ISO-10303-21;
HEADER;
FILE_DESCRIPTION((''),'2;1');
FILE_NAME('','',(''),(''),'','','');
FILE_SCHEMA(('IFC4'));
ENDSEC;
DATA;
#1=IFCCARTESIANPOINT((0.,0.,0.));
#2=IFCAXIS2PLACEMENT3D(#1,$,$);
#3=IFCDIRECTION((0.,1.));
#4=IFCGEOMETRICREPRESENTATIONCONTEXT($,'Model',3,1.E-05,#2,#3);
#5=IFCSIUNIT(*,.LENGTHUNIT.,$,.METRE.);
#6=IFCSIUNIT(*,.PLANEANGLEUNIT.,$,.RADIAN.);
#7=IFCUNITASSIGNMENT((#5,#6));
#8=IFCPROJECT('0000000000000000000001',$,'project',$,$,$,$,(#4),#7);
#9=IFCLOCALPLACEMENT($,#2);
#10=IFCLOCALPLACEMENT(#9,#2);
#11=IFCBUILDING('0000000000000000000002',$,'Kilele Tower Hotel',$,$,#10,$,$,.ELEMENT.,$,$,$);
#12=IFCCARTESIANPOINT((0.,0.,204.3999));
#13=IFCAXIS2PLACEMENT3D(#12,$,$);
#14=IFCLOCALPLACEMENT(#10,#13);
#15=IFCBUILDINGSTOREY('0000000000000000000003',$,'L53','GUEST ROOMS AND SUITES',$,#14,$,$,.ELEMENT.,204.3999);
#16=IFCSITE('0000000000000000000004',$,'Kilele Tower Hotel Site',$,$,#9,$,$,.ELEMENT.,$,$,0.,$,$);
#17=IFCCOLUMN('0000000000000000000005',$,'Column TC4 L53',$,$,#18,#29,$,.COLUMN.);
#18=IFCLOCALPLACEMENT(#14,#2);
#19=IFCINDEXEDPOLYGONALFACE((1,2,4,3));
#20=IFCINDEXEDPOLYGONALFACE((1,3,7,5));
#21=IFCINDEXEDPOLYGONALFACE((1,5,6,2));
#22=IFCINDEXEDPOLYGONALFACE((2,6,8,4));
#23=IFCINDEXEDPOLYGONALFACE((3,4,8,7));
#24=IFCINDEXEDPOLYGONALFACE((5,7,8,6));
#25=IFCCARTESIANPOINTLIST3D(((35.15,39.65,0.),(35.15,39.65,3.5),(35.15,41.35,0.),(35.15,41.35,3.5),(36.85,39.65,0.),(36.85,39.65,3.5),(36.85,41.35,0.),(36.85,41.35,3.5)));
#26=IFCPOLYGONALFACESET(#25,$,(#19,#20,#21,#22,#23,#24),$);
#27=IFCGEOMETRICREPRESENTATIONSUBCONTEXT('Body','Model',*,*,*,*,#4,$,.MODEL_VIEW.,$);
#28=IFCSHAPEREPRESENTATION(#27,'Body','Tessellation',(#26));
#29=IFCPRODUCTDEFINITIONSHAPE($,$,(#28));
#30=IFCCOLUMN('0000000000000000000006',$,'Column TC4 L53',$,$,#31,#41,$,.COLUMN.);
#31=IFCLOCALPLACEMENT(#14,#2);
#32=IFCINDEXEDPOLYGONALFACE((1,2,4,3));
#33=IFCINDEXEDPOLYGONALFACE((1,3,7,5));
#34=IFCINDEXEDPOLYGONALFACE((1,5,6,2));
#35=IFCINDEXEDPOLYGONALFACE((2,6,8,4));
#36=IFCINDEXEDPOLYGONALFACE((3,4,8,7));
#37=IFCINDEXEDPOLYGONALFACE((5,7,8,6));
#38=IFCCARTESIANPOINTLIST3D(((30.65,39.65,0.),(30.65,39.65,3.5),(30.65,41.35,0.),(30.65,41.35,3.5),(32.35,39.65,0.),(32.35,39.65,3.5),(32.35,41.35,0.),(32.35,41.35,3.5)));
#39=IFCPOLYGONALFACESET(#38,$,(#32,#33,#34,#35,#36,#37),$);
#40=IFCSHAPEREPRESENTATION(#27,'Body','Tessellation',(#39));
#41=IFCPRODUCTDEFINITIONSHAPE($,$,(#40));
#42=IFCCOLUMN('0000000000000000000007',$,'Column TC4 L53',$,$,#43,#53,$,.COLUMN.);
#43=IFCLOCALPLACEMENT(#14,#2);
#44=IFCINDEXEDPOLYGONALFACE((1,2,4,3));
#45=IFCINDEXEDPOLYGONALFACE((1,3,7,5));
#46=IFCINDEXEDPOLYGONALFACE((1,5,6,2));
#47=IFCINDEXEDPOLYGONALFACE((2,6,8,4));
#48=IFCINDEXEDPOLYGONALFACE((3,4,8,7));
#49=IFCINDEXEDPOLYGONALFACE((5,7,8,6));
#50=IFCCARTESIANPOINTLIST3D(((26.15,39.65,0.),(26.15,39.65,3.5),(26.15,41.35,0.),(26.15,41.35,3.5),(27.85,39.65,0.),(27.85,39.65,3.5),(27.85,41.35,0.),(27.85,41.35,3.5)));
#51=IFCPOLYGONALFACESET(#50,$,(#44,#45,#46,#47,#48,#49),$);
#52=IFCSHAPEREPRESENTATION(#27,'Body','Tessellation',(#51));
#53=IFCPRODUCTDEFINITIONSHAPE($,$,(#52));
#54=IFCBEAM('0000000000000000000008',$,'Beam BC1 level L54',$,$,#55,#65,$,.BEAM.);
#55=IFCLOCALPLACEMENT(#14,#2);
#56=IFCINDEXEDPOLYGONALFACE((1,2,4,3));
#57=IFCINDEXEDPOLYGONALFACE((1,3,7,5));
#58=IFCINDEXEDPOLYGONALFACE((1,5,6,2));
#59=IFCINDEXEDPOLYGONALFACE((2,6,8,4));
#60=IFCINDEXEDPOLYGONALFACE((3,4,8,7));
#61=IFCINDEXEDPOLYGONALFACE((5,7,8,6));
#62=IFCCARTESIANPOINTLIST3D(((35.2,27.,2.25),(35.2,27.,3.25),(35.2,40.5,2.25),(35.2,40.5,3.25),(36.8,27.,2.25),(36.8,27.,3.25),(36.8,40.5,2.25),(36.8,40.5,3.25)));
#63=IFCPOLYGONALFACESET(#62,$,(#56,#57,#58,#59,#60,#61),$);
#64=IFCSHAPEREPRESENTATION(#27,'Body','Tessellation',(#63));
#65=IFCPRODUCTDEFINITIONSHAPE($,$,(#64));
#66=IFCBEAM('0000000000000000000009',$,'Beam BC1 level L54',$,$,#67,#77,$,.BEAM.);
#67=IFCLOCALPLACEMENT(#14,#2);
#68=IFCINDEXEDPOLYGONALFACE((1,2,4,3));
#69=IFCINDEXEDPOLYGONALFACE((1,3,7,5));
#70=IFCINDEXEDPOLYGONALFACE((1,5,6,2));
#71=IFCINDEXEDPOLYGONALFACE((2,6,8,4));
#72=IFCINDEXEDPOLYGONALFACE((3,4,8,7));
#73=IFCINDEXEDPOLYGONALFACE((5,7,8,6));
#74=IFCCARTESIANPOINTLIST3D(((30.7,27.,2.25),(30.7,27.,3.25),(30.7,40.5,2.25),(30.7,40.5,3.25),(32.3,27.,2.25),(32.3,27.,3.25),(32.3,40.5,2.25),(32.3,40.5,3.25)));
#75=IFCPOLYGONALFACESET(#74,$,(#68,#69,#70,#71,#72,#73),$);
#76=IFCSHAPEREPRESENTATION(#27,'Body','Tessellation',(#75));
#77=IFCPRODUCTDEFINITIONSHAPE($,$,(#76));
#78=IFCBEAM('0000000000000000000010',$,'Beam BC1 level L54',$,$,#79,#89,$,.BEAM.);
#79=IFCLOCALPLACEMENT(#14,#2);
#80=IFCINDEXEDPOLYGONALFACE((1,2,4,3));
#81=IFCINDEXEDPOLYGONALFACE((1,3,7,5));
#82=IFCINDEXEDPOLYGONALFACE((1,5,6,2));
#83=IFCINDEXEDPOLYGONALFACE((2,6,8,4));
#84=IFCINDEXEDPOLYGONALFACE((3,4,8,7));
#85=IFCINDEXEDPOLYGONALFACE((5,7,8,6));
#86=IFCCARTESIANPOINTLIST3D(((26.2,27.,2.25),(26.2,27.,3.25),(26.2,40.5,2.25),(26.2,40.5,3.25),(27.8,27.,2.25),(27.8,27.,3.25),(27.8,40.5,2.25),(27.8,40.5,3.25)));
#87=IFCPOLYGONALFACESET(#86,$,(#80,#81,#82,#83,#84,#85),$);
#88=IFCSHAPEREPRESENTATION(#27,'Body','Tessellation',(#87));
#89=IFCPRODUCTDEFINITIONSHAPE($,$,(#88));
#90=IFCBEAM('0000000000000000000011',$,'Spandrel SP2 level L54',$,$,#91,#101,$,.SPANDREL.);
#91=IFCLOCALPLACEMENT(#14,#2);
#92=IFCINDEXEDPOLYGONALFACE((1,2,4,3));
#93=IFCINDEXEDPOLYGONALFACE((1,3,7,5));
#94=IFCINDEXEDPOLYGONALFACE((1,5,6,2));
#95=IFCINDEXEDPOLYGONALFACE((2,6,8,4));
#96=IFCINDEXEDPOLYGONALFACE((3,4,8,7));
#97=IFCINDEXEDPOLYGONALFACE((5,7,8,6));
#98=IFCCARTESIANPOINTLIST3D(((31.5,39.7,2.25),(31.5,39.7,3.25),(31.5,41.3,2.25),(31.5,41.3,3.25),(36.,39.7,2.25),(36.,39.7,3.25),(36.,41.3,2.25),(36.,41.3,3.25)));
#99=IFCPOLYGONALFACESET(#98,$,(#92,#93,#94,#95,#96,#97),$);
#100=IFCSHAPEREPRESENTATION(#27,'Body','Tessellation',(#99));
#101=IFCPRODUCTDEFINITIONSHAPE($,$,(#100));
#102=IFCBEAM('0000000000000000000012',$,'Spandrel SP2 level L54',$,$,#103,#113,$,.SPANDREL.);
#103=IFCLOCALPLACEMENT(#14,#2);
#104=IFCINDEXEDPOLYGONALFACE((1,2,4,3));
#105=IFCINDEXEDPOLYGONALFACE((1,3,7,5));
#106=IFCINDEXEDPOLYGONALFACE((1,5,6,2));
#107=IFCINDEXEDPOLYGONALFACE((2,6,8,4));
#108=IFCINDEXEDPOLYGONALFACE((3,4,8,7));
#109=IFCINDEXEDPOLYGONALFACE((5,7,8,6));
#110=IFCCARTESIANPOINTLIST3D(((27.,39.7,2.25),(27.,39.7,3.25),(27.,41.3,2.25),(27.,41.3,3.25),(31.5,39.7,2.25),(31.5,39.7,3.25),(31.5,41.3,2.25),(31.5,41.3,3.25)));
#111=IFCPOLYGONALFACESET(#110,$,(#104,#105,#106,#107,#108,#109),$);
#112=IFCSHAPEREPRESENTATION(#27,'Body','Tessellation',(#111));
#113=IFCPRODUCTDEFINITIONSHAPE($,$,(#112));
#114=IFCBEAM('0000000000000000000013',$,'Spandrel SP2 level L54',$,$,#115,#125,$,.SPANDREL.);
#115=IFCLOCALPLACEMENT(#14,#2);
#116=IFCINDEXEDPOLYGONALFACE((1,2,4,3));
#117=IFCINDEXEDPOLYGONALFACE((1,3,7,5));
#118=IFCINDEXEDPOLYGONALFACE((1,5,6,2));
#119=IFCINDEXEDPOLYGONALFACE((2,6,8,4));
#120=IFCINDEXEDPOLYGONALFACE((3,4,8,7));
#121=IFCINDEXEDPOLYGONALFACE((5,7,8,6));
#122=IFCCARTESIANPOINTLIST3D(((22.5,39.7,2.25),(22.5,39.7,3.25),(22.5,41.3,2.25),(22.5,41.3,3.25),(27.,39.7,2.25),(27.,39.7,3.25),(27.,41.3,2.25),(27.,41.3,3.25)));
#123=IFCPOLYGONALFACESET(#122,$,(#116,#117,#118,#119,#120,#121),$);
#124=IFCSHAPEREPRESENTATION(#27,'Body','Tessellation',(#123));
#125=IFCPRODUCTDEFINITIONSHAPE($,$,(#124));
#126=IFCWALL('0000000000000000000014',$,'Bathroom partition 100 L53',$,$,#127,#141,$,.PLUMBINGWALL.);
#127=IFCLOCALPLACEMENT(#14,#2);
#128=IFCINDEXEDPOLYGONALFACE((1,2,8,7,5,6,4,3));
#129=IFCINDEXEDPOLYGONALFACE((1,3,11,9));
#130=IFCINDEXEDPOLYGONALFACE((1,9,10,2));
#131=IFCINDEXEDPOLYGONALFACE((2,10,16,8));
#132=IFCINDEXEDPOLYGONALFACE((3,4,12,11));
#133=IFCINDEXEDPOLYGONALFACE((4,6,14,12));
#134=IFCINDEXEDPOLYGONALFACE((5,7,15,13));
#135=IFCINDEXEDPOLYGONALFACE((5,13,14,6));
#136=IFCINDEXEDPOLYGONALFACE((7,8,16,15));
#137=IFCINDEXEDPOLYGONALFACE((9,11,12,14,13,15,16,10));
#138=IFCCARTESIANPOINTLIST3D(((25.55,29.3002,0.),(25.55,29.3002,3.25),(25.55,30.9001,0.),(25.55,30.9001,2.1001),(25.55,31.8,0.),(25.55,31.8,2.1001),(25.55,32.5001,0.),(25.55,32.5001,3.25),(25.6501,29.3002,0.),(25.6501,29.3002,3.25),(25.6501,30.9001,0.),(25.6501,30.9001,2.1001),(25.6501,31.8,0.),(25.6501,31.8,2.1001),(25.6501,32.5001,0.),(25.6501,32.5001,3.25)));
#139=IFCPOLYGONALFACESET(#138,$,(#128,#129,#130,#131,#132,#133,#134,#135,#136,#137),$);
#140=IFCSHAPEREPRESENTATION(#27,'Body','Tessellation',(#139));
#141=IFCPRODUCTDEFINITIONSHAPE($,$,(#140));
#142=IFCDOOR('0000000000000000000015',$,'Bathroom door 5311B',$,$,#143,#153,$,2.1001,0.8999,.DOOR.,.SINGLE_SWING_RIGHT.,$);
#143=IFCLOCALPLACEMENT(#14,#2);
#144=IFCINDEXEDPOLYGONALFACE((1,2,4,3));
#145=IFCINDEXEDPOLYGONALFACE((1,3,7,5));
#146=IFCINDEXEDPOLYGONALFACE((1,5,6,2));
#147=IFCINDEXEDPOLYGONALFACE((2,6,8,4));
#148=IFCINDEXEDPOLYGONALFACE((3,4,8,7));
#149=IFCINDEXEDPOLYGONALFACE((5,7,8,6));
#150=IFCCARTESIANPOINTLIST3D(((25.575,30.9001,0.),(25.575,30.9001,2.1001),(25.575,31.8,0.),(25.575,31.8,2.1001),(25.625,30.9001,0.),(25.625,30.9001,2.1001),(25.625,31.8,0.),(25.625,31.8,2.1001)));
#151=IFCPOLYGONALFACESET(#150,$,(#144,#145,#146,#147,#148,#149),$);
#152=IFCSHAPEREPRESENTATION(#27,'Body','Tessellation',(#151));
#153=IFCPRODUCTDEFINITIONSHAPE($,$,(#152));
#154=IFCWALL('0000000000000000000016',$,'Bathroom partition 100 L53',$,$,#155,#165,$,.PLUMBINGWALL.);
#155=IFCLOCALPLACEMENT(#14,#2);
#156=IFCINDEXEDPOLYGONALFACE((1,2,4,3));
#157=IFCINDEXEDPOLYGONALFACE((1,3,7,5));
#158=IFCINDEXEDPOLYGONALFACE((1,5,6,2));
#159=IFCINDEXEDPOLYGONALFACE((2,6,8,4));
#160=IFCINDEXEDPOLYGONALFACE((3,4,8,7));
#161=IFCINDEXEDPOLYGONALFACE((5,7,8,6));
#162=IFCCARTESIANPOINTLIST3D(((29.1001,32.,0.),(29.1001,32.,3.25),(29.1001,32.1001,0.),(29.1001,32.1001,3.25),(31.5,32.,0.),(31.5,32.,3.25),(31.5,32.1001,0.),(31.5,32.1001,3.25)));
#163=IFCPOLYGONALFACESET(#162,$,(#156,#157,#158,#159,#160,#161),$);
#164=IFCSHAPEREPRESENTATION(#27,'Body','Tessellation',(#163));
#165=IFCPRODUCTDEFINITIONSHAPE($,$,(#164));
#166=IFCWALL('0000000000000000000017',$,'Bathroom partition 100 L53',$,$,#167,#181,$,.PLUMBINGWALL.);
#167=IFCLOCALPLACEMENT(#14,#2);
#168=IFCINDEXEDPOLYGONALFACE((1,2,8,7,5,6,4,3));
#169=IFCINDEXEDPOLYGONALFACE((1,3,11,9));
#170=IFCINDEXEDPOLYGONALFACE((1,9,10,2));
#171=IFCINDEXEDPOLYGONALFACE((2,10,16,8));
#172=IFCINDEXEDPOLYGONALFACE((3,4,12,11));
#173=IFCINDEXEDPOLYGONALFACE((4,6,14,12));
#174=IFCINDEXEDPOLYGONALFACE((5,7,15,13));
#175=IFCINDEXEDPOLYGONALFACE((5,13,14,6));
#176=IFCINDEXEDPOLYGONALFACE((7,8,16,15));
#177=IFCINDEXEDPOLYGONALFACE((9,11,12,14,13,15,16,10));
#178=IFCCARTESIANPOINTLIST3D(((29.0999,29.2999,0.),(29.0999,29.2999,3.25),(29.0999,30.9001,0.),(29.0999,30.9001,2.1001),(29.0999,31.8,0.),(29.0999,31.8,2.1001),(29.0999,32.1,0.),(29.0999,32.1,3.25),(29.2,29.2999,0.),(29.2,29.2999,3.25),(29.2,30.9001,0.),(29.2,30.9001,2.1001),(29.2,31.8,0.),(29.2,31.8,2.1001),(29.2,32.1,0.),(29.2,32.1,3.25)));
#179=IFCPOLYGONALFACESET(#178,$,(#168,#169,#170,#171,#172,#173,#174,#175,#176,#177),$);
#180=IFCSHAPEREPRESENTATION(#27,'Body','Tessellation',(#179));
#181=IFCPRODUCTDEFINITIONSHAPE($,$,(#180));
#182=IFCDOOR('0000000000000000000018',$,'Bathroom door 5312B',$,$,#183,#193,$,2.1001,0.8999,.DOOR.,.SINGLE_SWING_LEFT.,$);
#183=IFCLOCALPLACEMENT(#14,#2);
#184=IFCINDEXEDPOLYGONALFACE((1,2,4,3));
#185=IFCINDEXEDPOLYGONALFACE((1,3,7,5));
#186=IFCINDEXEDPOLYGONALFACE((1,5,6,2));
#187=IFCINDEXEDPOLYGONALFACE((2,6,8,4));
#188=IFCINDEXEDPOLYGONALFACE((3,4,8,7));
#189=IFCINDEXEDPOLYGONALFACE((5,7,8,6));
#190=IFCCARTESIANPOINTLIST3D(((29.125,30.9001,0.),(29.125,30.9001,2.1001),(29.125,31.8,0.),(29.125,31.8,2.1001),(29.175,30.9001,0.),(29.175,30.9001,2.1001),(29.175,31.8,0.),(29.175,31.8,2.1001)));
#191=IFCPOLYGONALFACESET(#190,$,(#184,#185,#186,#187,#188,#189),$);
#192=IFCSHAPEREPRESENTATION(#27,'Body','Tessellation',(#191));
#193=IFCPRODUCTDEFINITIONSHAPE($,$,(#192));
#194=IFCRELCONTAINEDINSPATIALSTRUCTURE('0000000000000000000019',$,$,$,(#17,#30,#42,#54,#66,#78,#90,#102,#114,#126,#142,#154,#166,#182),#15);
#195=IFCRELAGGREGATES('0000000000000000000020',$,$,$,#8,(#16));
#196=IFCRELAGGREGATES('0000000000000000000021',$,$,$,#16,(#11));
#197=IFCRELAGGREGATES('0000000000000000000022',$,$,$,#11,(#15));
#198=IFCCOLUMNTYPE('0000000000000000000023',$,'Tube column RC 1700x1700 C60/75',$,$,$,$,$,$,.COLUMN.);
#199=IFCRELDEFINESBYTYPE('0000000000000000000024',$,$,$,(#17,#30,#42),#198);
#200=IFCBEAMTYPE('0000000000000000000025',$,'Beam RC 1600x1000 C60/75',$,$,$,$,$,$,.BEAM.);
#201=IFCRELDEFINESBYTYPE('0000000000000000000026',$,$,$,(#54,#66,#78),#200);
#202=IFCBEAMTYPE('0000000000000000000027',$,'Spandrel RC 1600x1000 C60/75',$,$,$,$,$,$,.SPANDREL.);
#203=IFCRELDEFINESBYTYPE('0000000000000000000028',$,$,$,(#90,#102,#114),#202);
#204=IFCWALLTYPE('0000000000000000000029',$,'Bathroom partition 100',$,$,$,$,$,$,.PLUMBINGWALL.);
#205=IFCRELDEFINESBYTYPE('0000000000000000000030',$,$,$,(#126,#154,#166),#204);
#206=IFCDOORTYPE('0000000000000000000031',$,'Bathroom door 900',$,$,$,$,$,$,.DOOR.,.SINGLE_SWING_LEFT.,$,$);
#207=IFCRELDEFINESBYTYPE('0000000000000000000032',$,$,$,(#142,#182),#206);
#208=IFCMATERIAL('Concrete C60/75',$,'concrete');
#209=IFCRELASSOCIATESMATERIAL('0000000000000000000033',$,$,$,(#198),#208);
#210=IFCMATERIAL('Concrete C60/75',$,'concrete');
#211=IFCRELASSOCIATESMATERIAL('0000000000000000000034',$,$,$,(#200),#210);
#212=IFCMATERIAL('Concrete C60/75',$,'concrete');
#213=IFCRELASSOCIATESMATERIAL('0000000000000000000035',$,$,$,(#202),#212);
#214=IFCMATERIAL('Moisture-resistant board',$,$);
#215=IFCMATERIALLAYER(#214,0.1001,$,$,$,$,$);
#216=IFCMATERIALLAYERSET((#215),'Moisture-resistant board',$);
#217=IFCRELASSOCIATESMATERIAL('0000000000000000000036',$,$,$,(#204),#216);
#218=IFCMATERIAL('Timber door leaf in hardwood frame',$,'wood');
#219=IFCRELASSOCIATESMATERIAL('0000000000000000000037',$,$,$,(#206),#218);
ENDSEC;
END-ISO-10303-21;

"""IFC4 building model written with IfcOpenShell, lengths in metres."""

from ifc_helpers import new_model, si_unit, direction, frame, frame_2d, origin, origin_2d, place, context, subcontext, project, spatial, rectangle, extrude, material, layer, layer_set, material_profile, profile_set, type_object, element, fill, save


model = new_model("IFC4")

# Units and contexts
model_context = context("Model", 3, precision=1e-05, world=origin(), true_north=direction((0.0, 1.0)))
body_context = subcontext(model_context, "Body", "Model", "MODEL_VIEW")
ifc_project = project(units=[si_unit("LENGTHUNIT", "METRE"), si_unit("PLANEANGLEUNIT", "RADIAN")], contexts=[model_context])

# Site, building, storey
site_placement = place(None, origin())
site = spatial("IfcSite", under=ifc_project, at=site_placement, Name="Kilele Tower Hotel Site", CompositionType="ELEMENT", RefElevation=0.0)
building_placement = place(site_placement, origin())
building = spatial("IfcBuilding", under=site, at=building_placement, Name="Kilele Tower Hotel", CompositionType="ELEMENT")
storey_placement = place(building_placement, frame((0.0, 0.0, 204.3999)))
storey = spatial("IfcBuildingStorey", under=building, at=storey_placement, Name="L53", Description="GUEST ROOMS AND SUITES", CompositionType="ELEMENT", Elevation=204.3999)

# Columns
ifc_material_1 = material(Name="Concrete C60/75", Category="concrete")
ifc_material_profile_1 = material_profile(ifc_material_1, rectangle(XDim=1.7, YDim=1.7, at=origin_2d()))
ifc_profile_set_1 = profile_set([ifc_material_profile_1], Name="Concrete C60/75")
column_type = type_object("IfcColumnType", Name="Tube column RC 1700x1700 C60/75", PredefinedType="COLUMN", material=ifc_profile_set_1)
for number, where, z_axis, x_axis, name in (
    (1, (36.0, 40.5, 0.0), (0.0, 0.0, 1.0), (1.0, 0.0, 0.0), "Column TC4 L53"),
    (2, (31.5, 40.5, 0.0), (0.0, 0.0, 1.0), (1.0, 0.0, 0.0), "Column TC4 L53"),
    (3, (27.0, 40.5, 0.0), (0.0, 0.0, 1.0), (1.0, 0.0, 0.0), "Column TC4 L53"),
):
    element("IfcColumn", number, at=place(storey_placement, frame(where, z_axis=z_axis, x_axis=x_axis)), inside=storey, type_object=column_type, Name=name, PredefinedType="COLUMN", context=body_context, shape_type="SweptSolid", body=[
        extrude(rectangle(XDim=1.7, YDim=1.7, at=origin_2d()), origin(), (0.0, 0.0, 1.0), 3.5),
    ])

# Beams
ifc_material_2 = material(Name="Concrete C60/75", Category="concrete")
ifc_material_profile_2 = material_profile(ifc_material_2, rectangle(XDim=1.6001, YDim=1.0, at=origin_2d()))
ifc_profile_set_2 = profile_set([ifc_material_profile_2], Name="Concrete C60/75")
beam_type_1 = type_object("IfcBeamType", Name="Beam RC 1600x1000 C60/75", PredefinedType="BEAM", material=ifc_profile_set_2)
for number, where, z_axis, x_axis, name in (
    (4, (36.0, 40.5, 2.75), (0.0, -1.0, 0.0), (1.0, 0.0, 0.0), "Beam BC1 level L54"),
    (5, (31.5, 40.5, 2.75), (0.0, -1.0, 0.0), (1.0, 0.0, 0.0), "Beam BC1 level L54"),
    (6, (27.0, 40.5, 2.75), (0.0, -1.0, 0.0), (1.0, 0.0, 0.0), "Beam BC1 level L54"),
):
    element("IfcBeam", number, at=place(storey_placement, frame(where, z_axis=z_axis, x_axis=x_axis)), inside=storey, type_object=beam_type_1, Name=name, PredefinedType="BEAM", context=body_context, shape_type="SweptSolid", body=[
        extrude(rectangle(XDim=1.6001, YDim=1.0, at=origin_2d()), origin(), (0.0, 0.0, 1.0), 13.5),
    ])
ifc_material_3 = material(Name="Concrete C60/75", Category="concrete")
ifc_material_profile_3 = material_profile(ifc_material_3, rectangle(XDim=1.6001, YDim=1.0, at=origin_2d()))
ifc_profile_set_3 = profile_set([ifc_material_profile_3], Name="Concrete C60/75")
beam_type_2 = type_object("IfcBeamType", Name="Spandrel RC 1600x1000 C60/75", PredefinedType="SPANDREL", material=ifc_profile_set_3)
for number, where, z_axis, x_axis, name in (
    (7, (36.0, 40.5, 2.75), (-1.0, 0.0, 0.0), (0.0, -1.0, 0.0), "Spandrel SP2 level L54"),
    (8, (31.5, 40.5, 2.75), (-1.0, 0.0, 0.0), (0.0, -1.0, 0.0), "Spandrel SP2 level L54"),
    (9, (27.0, 40.5, 2.75), (-1.0, 0.0, 0.0), (0.0, -1.0, 0.0), "Spandrel SP2 level L54"),
):
    element("IfcBeam", number, at=place(storey_placement, frame(where, z_axis=z_axis, x_axis=x_axis)), inside=storey, type_object=beam_type_2, Name=name, PredefinedType="SPANDREL", context=body_context, shape_type="SweptSolid", body=[
        extrude(rectangle(XDim=1.6001, YDim=1.0, at=origin_2d()), origin(), (0.0, 0.0, 1.0), 4.5),
    ])

# Wall, opening, door
ifc_material_4 = material(Name="Moisture-resistant board")
ifc_layer_1 = layer(ifc_material_4, 0.1001)
ifc_layer_set_1 = layer_set([ifc_layer_1], Name="Moisture-resistant board")
wall_type_1 = type_object("IfcWallType", Name="Bathroom partition 100", PredefinedType="PLUMBINGWALL", material=ifc_layer_set_1)
wall_1_placement = place(storey_placement, frame((25.6001, 29.3, 0.0), z_axis=(0.0, 0.0, 1.0), x_axis=(0.0, 1.0, 0.0)))
wall_1 = element("IfcWall", 10, at=wall_1_placement, inside=storey, type_object=wall_type_1, Name="Bathroom partition 100 L53", PredefinedType="PLUMBINGWALL", context=body_context, shape_type="SweptSolid", body=[
    extrude(rectangle(XDim=3.2, YDim=0.1001, at=frame_2d((1.6001, 0.0))), origin(), (0.0, 0.0, 1.0), 3.25),
])
opening_1_placement = place(wall_1_placement, frame((2.5, 0.0, 0.0), z_axis=(0.0, 0.0, 1.0), x_axis=(-1.0, 0.0, 0.0)))
opening_1 = element("IfcOpeningElement", 11, at=opening_1_placement, cuts=wall_1, PredefinedType="OPENING", context=body_context, shape_type="SweptSolid", body=[
    extrude(rectangle(XDim=0.8999, YDim=2.1001, at=frame_2d((0.45, 1.05))), frame((0.0, 0.0601, 0.0), z_axis=(0.0, -1.0, 0.0), x_axis=(1.0, 0.0, 0.0)), (0.0, 0.0, 1.0), 0.1201),
])
ifc_material_5 = material(Name="Timber door leaf in hardwood frame", Category="wood")
door_type_1 = type_object("IfcDoorType", Name="Bathroom door 900", OperationType="SINGLE_SWING_LEFT", PredefinedType="DOOR", material=ifc_material_5)
door_1_placement = place(opening_1_placement, origin())
door_1 = element("IfcDoor", 12, at=door_1_placement, inside=storey, type_object=door_type_1, Name="Bathroom door 5311B", OperationType="SINGLE_SWING_RIGHT", OverallHeight=2.1001, OverallWidth=0.8999, PredefinedType="DOOR", context=body_context, shape_type="SweptSolid", body=[
    extrude(rectangle(XDim=0.8999, YDim=2.1001, at=frame_2d((0.45, 1.05))), frame((0.0, 0.0249, 0.0), z_axis=(0.0, -1.0, 0.0), x_axis=(1.0, 0.0, 0.0)), (0.0, 0.0, 1.0), 0.05),
])
fill(opening_1, door_1)

# Wall
wall_2_placement = place(storey_placement, frame((29.1001, 32.05, 0.0), z_axis=(0.0, 0.0, 1.0), x_axis=(1.0, 0.0, 0.0)))
element("IfcWall", 13, at=wall_2_placement, inside=storey, type_object=wall_type_1, Name="Bathroom partition 100 L53", PredefinedType="PLUMBINGWALL", context=body_context, shape_type="SweptSolid", body=[
    extrude(rectangle(XDim=2.3999, YDim=0.1001, at=frame_2d((1.2, 0.0))), origin(), (0.0, 0.0, 1.0), 3.25),
])

# Wall, opening, door
wall_3_placement = place(storey_placement, frame((29.1499, 29.3, 0.0), z_axis=(0.0, 0.0, 1.0), x_axis=(0.0, 1.0, 0.0)))
wall_3 = element("IfcWall", 14, at=wall_3_placement, inside=storey, type_object=wall_type_1, Name="Bathroom partition 100 L53", PredefinedType="PLUMBINGWALL", context=body_context, shape_type="SweptSolid", body=[
    extrude(rectangle(XDim=2.8, YDim=0.1001, at=frame_2d((1.3999, 0.0))), origin(), (0.0, 0.0, 1.0), 3.25),
])
opening_2_placement = place(wall_3_placement, frame((1.6001, 0.0, 0.0)))
opening_2 = element("IfcOpeningElement", 15, at=opening_2_placement, cuts=wall_3, PredefinedType="OPENING", context=body_context, shape_type="SweptSolid", body=[
    extrude(rectangle(XDim=0.8999, YDim=2.1001, at=frame_2d((0.45, 1.05))), frame((0.0, 0.0601, 0.0), z_axis=(0.0, -1.0, 0.0), x_axis=(1.0, 0.0, 0.0)), (0.0, 0.0, 1.0), 0.1201),
])
door_2_placement = place(opening_2_placement, origin())
door_2 = element("IfcDoor", 16, at=door_2_placement, inside=storey, type_object=door_type_1, Name="Bathroom door 5312B", OperationType="SINGLE_SWING_LEFT", OverallHeight=2.1001, OverallWidth=0.8999, PredefinedType="DOOR", context=body_context, shape_type="SweptSolid", body=[
    extrude(rectangle(XDim=0.8999, YDim=2.1001, at=frame_2d((0.45, 1.05))), frame((0.0, 0.0249, 0.0), z_axis=(0.0, -1.0, 0.0), x_axis=(1.0, 0.0, 0.0)), (0.0, 0.0, 1.0), 0.05),
])
fill(opening_2, door_2)

save(model, "model.ifc")
